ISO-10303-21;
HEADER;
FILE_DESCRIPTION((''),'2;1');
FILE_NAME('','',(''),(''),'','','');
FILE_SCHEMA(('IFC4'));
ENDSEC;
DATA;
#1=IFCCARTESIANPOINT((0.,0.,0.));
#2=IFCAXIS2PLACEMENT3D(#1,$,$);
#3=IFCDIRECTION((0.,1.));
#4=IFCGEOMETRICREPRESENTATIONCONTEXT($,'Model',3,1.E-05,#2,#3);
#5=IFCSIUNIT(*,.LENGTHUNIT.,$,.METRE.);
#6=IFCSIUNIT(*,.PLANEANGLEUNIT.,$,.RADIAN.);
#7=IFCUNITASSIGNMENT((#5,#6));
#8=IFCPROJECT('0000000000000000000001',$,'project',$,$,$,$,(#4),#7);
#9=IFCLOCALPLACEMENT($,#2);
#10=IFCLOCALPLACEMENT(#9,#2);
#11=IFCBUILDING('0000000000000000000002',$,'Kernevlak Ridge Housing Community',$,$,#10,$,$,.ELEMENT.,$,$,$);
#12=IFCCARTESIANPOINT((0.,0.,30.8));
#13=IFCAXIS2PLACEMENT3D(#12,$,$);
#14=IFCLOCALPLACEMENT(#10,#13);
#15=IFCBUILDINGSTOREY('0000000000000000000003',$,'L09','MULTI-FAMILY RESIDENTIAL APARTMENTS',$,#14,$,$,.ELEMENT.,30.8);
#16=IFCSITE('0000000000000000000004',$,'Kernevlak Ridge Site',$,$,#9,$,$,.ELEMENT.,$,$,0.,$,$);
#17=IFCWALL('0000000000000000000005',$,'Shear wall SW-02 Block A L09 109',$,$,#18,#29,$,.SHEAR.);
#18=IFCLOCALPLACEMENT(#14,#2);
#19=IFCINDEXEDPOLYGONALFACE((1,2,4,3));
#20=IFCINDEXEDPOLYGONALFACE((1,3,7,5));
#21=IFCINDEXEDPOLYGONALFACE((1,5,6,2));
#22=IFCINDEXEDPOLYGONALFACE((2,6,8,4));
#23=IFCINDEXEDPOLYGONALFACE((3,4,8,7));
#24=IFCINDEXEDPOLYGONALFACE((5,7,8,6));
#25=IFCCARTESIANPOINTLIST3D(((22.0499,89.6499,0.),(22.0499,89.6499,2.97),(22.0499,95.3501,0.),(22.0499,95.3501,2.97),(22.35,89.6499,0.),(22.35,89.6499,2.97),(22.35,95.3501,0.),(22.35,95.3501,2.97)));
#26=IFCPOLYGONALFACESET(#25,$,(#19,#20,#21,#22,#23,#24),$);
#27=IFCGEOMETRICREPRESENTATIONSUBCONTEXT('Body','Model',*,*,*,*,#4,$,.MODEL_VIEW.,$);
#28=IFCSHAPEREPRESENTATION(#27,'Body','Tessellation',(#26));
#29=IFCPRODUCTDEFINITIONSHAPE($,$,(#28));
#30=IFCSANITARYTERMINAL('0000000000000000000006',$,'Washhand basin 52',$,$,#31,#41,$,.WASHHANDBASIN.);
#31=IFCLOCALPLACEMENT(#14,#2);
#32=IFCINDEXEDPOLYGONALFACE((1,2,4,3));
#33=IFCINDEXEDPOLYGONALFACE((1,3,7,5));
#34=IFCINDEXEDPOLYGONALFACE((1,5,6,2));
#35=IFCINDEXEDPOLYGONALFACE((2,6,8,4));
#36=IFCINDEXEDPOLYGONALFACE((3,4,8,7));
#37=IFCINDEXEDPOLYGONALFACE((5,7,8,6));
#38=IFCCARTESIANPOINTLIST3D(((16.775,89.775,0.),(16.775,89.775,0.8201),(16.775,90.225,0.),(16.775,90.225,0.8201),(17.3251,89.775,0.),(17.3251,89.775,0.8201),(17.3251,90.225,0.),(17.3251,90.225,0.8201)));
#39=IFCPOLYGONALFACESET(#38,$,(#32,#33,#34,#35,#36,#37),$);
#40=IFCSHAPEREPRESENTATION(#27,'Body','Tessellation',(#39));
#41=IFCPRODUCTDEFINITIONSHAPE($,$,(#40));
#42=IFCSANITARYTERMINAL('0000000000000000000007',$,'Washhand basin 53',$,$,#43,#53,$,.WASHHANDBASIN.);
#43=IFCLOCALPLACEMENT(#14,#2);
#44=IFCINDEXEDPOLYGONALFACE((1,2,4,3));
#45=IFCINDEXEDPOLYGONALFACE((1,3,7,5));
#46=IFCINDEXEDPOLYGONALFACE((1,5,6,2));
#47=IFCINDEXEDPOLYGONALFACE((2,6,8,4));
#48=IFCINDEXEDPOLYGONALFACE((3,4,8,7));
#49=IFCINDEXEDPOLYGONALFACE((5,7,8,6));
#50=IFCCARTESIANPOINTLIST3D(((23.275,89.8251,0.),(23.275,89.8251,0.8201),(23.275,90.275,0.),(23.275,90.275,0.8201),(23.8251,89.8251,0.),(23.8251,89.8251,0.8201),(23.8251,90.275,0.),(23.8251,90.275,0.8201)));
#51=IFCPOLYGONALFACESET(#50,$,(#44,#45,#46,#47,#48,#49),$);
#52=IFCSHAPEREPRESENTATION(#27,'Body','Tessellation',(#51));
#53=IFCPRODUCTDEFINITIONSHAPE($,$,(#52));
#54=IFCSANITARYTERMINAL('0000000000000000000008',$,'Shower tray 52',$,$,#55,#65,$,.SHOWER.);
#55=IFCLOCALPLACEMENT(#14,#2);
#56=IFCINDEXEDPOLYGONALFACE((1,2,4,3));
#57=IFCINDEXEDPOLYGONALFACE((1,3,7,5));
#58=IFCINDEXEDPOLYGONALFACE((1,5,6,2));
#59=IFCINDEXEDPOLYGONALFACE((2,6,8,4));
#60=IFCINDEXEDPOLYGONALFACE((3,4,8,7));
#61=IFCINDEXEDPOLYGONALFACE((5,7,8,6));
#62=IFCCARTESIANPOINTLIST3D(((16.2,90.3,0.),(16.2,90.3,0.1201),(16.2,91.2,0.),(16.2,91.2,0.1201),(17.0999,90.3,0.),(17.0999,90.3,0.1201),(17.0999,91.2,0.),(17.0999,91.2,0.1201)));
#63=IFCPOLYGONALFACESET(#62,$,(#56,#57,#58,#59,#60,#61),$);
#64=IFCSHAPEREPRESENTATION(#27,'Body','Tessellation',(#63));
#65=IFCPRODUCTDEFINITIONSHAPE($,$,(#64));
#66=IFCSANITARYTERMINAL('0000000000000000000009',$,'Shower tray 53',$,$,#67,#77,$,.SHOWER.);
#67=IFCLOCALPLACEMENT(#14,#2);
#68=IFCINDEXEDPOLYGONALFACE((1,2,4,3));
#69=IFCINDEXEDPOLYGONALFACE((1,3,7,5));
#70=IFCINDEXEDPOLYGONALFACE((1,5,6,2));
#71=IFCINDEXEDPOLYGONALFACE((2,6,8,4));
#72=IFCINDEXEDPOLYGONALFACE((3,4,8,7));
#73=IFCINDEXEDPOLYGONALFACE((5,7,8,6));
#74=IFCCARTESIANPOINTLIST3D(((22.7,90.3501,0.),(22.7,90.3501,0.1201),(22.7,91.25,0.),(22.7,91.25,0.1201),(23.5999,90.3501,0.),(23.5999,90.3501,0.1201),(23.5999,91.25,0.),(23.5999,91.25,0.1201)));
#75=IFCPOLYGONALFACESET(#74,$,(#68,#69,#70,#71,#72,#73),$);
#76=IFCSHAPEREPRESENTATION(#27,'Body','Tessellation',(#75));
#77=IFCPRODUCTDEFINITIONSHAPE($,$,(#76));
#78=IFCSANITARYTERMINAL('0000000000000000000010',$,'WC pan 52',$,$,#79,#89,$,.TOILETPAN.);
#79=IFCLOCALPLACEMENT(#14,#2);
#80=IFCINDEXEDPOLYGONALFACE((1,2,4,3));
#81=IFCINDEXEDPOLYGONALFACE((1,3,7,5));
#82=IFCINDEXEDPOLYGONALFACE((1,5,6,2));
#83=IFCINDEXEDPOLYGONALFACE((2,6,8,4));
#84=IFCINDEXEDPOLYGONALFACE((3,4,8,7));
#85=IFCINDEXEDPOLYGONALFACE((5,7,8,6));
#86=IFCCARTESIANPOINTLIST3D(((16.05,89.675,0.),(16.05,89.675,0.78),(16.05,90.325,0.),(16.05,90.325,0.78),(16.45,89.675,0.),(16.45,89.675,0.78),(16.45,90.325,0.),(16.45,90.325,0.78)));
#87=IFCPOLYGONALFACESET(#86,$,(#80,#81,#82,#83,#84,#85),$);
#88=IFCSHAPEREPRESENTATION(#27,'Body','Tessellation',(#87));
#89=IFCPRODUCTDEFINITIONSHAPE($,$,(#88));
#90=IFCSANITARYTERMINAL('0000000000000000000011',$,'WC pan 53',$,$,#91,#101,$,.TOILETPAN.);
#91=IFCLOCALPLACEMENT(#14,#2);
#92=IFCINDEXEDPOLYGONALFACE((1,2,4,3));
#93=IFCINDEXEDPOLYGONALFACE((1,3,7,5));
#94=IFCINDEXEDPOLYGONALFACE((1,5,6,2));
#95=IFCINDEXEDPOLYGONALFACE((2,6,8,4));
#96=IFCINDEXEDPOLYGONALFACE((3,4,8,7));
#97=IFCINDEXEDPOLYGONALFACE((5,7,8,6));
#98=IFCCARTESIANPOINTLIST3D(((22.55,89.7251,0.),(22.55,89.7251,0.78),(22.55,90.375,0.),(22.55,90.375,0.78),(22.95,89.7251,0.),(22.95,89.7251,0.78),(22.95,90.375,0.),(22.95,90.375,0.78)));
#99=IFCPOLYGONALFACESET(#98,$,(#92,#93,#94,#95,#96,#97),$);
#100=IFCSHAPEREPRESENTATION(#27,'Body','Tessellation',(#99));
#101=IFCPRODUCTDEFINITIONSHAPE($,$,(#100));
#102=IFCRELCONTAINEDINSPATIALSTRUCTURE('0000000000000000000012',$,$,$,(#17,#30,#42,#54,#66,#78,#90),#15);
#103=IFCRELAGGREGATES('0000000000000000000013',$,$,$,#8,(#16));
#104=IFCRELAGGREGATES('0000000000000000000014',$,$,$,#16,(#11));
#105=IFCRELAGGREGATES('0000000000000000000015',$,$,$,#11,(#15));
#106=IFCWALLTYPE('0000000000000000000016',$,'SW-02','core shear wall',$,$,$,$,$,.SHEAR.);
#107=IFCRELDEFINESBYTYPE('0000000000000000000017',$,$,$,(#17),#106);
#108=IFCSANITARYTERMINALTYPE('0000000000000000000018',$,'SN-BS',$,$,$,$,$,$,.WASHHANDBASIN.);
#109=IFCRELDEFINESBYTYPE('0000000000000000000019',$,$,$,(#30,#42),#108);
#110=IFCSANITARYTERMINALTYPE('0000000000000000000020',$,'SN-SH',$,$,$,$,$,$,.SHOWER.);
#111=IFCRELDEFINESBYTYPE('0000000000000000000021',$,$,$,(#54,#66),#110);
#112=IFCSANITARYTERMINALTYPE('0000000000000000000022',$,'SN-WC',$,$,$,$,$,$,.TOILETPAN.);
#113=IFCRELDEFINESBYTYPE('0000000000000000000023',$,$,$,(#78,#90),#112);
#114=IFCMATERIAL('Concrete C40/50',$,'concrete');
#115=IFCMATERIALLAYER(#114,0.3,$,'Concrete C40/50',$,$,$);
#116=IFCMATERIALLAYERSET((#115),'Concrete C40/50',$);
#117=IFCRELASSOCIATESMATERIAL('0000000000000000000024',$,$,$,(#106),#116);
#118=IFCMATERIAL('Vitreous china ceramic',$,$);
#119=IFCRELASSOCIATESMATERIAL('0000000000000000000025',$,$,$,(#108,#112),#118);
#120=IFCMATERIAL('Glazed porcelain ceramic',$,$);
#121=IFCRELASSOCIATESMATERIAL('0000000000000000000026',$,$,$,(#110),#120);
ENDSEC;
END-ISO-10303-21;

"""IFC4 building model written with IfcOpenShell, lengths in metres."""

from ifc_helpers import new_model, si_unit, direction, frame, frame_2d, origin, origin_2d, place, context, subcontext, project, spatial, rectangle, extrude, material, layer, layer_set, type_object, element, save


model = new_model("IFC4")

# Units and contexts
model_context = context("Model", 3, precision=1e-05, world=origin(), true_north=direction((0.0, 1.0)))
body_context = subcontext(model_context, "Body", "Model", "MODEL_VIEW")
ifc_project = project(units=[si_unit("LENGTHUNIT", "METRE"), si_unit("PLANEANGLEUNIT", "RADIAN")], contexts=[model_context])

# Site, building, storey
site_placement = place(None, origin())
site = spatial("IfcSite", under=ifc_project, at=site_placement, Name="Kernevlak Ridge Site", CompositionType="ELEMENT", RefElevation=0.0)
building_placement = place(site_placement, origin())
building = spatial("IfcBuilding", under=site, at=building_placement, Name="Kernevlak Ridge Housing Community", CompositionType="ELEMENT")
storey_placement = place(building_placement, frame((0.0, 0.0, 30.8)))
storey = spatial("IfcBuildingStorey", under=building, at=storey_placement, Name="L09", Description="MULTI-FAMILY RESIDENTIAL APARTMENTS", CompositionType="ELEMENT", Elevation=30.8)

# Shared definitions
ifc_material_1 = material(Name="Concrete C40/50", Category="concrete")

# Wall
ifc_layer_1 = layer(ifc_material_1, 0.3, Name="Concrete C40/50")
ifc_layer_set_1 = layer_set([ifc_layer_1], Name="Concrete C40/50")
wall_type_1 = type_object("IfcWallType", Name="SW-02", Description="core shear wall", PredefinedType="SHEAR", material=ifc_layer_set_1)
wall_1_placement = place(storey_placement, frame((22.2, 89.6499, 0.0), z_axis=(0.0, 0.0, 1.0), x_axis=(0.0, 1.0, 0.0)))
element("IfcWall", 1, at=wall_1_placement, inside=storey, type_object=wall_type_1, Name="Shear wall SW-02 Block A L09 109", PredefinedType="SHEAR", context=body_context, shape_type="SweptSolid", body=[
    extrude(rectangle(XDim=5.7002, YDim=0.3, at=frame_2d((2.8501, 0.0))), origin(), (0.0, 0.0, 1.0), 2.97),
])

# Sanitary terminals
ifc_material_2 = material(Name="Vitreous china ceramic")
sanitary_terminal_type_1 = type_object("IfcSanitaryTerminalType", Name="SN-BS", PredefinedType="WASHHANDBASIN", material=ifc_material_2)
for number, where, z_axis, x_axis, name in (
    (2, (17.05, 90.0, 0.0), (0.0, 0.0, 1.0), (1.0, 0.0, 0.0), "Washhand basin 52"),
    (3, (23.55, 90.05, 0.0), (0.0, 0.0, 1.0), (1.0, 0.0, 0.0), "Washhand basin 53"),
):
    element("IfcSanitaryTerminal", number, at=place(storey_placement, frame(where, z_axis=z_axis, x_axis=x_axis)), inside=storey, type_object=sanitary_terminal_type_1, Name=name, PredefinedType="WASHHANDBASIN", context=body_context, shape_type="SweptSolid", body=[
        extrude(rectangle(XDim=0.55, YDim=0.45, at=origin_2d()), origin(), (0.0, 0.0, 1.0), 0.8201),
    ])
ifc_material_3 = material(Name="Glazed porcelain ceramic")
sanitary_terminal_type_2 = type_object("IfcSanitaryTerminalType", Name="SN-SH", PredefinedType="SHOWER", material=ifc_material_3)
for number, where, z_axis, x_axis, name in (
    (4, (16.6499, 90.75, 0.0), (0.0, 0.0, 1.0), (1.0, 0.0, 0.0), "Shower tray 52"),
    (5, (23.1499, 90.8, 0.0), (0.0, 0.0, 1.0), (1.0, 0.0, 0.0), "Shower tray 53"),
):
    element("IfcSanitaryTerminal", number, at=place(storey_placement, frame(where, z_axis=z_axis, x_axis=x_axis)), inside=storey, type_object=sanitary_terminal_type_2, Name=name, PredefinedType="SHOWER", context=body_context, shape_type="SweptSolid", body=[
        extrude(rectangle(XDim=0.8999, YDim=0.8999, at=origin_2d()), origin(), (0.0, 0.0, 1.0), 0.1201),
    ])
sanitary_terminal_type_3 = type_object("IfcSanitaryTerminalType", Name="SN-WC", PredefinedType="TOILETPAN", material=ifc_material_2)
for number, where, z_axis, x_axis, name in (
    (6, (16.25, 90.0, 0.0), (0.0, 0.0, 1.0), (1.0, 0.0, 0.0), "WC pan 52"),
    (7, (22.75, 90.05, 0.0), (0.0, 0.0, 1.0), (1.0, 0.0, 0.0), "WC pan 53"),
):
    element("IfcSanitaryTerminal", number, at=place(storey_placement, frame(where, z_axis=z_axis, x_axis=x_axis)), inside=storey, type_object=sanitary_terminal_type_3, Name=name, PredefinedType="TOILETPAN", context=body_context, shape_type="SweptSolid", body=[
        extrude(rectangle(XDim=0.3999, YDim=0.6499, at=origin_2d()), origin(), (0.0, 0.0, 1.0), 0.78),
    ])

save(model, "model.ifc")
